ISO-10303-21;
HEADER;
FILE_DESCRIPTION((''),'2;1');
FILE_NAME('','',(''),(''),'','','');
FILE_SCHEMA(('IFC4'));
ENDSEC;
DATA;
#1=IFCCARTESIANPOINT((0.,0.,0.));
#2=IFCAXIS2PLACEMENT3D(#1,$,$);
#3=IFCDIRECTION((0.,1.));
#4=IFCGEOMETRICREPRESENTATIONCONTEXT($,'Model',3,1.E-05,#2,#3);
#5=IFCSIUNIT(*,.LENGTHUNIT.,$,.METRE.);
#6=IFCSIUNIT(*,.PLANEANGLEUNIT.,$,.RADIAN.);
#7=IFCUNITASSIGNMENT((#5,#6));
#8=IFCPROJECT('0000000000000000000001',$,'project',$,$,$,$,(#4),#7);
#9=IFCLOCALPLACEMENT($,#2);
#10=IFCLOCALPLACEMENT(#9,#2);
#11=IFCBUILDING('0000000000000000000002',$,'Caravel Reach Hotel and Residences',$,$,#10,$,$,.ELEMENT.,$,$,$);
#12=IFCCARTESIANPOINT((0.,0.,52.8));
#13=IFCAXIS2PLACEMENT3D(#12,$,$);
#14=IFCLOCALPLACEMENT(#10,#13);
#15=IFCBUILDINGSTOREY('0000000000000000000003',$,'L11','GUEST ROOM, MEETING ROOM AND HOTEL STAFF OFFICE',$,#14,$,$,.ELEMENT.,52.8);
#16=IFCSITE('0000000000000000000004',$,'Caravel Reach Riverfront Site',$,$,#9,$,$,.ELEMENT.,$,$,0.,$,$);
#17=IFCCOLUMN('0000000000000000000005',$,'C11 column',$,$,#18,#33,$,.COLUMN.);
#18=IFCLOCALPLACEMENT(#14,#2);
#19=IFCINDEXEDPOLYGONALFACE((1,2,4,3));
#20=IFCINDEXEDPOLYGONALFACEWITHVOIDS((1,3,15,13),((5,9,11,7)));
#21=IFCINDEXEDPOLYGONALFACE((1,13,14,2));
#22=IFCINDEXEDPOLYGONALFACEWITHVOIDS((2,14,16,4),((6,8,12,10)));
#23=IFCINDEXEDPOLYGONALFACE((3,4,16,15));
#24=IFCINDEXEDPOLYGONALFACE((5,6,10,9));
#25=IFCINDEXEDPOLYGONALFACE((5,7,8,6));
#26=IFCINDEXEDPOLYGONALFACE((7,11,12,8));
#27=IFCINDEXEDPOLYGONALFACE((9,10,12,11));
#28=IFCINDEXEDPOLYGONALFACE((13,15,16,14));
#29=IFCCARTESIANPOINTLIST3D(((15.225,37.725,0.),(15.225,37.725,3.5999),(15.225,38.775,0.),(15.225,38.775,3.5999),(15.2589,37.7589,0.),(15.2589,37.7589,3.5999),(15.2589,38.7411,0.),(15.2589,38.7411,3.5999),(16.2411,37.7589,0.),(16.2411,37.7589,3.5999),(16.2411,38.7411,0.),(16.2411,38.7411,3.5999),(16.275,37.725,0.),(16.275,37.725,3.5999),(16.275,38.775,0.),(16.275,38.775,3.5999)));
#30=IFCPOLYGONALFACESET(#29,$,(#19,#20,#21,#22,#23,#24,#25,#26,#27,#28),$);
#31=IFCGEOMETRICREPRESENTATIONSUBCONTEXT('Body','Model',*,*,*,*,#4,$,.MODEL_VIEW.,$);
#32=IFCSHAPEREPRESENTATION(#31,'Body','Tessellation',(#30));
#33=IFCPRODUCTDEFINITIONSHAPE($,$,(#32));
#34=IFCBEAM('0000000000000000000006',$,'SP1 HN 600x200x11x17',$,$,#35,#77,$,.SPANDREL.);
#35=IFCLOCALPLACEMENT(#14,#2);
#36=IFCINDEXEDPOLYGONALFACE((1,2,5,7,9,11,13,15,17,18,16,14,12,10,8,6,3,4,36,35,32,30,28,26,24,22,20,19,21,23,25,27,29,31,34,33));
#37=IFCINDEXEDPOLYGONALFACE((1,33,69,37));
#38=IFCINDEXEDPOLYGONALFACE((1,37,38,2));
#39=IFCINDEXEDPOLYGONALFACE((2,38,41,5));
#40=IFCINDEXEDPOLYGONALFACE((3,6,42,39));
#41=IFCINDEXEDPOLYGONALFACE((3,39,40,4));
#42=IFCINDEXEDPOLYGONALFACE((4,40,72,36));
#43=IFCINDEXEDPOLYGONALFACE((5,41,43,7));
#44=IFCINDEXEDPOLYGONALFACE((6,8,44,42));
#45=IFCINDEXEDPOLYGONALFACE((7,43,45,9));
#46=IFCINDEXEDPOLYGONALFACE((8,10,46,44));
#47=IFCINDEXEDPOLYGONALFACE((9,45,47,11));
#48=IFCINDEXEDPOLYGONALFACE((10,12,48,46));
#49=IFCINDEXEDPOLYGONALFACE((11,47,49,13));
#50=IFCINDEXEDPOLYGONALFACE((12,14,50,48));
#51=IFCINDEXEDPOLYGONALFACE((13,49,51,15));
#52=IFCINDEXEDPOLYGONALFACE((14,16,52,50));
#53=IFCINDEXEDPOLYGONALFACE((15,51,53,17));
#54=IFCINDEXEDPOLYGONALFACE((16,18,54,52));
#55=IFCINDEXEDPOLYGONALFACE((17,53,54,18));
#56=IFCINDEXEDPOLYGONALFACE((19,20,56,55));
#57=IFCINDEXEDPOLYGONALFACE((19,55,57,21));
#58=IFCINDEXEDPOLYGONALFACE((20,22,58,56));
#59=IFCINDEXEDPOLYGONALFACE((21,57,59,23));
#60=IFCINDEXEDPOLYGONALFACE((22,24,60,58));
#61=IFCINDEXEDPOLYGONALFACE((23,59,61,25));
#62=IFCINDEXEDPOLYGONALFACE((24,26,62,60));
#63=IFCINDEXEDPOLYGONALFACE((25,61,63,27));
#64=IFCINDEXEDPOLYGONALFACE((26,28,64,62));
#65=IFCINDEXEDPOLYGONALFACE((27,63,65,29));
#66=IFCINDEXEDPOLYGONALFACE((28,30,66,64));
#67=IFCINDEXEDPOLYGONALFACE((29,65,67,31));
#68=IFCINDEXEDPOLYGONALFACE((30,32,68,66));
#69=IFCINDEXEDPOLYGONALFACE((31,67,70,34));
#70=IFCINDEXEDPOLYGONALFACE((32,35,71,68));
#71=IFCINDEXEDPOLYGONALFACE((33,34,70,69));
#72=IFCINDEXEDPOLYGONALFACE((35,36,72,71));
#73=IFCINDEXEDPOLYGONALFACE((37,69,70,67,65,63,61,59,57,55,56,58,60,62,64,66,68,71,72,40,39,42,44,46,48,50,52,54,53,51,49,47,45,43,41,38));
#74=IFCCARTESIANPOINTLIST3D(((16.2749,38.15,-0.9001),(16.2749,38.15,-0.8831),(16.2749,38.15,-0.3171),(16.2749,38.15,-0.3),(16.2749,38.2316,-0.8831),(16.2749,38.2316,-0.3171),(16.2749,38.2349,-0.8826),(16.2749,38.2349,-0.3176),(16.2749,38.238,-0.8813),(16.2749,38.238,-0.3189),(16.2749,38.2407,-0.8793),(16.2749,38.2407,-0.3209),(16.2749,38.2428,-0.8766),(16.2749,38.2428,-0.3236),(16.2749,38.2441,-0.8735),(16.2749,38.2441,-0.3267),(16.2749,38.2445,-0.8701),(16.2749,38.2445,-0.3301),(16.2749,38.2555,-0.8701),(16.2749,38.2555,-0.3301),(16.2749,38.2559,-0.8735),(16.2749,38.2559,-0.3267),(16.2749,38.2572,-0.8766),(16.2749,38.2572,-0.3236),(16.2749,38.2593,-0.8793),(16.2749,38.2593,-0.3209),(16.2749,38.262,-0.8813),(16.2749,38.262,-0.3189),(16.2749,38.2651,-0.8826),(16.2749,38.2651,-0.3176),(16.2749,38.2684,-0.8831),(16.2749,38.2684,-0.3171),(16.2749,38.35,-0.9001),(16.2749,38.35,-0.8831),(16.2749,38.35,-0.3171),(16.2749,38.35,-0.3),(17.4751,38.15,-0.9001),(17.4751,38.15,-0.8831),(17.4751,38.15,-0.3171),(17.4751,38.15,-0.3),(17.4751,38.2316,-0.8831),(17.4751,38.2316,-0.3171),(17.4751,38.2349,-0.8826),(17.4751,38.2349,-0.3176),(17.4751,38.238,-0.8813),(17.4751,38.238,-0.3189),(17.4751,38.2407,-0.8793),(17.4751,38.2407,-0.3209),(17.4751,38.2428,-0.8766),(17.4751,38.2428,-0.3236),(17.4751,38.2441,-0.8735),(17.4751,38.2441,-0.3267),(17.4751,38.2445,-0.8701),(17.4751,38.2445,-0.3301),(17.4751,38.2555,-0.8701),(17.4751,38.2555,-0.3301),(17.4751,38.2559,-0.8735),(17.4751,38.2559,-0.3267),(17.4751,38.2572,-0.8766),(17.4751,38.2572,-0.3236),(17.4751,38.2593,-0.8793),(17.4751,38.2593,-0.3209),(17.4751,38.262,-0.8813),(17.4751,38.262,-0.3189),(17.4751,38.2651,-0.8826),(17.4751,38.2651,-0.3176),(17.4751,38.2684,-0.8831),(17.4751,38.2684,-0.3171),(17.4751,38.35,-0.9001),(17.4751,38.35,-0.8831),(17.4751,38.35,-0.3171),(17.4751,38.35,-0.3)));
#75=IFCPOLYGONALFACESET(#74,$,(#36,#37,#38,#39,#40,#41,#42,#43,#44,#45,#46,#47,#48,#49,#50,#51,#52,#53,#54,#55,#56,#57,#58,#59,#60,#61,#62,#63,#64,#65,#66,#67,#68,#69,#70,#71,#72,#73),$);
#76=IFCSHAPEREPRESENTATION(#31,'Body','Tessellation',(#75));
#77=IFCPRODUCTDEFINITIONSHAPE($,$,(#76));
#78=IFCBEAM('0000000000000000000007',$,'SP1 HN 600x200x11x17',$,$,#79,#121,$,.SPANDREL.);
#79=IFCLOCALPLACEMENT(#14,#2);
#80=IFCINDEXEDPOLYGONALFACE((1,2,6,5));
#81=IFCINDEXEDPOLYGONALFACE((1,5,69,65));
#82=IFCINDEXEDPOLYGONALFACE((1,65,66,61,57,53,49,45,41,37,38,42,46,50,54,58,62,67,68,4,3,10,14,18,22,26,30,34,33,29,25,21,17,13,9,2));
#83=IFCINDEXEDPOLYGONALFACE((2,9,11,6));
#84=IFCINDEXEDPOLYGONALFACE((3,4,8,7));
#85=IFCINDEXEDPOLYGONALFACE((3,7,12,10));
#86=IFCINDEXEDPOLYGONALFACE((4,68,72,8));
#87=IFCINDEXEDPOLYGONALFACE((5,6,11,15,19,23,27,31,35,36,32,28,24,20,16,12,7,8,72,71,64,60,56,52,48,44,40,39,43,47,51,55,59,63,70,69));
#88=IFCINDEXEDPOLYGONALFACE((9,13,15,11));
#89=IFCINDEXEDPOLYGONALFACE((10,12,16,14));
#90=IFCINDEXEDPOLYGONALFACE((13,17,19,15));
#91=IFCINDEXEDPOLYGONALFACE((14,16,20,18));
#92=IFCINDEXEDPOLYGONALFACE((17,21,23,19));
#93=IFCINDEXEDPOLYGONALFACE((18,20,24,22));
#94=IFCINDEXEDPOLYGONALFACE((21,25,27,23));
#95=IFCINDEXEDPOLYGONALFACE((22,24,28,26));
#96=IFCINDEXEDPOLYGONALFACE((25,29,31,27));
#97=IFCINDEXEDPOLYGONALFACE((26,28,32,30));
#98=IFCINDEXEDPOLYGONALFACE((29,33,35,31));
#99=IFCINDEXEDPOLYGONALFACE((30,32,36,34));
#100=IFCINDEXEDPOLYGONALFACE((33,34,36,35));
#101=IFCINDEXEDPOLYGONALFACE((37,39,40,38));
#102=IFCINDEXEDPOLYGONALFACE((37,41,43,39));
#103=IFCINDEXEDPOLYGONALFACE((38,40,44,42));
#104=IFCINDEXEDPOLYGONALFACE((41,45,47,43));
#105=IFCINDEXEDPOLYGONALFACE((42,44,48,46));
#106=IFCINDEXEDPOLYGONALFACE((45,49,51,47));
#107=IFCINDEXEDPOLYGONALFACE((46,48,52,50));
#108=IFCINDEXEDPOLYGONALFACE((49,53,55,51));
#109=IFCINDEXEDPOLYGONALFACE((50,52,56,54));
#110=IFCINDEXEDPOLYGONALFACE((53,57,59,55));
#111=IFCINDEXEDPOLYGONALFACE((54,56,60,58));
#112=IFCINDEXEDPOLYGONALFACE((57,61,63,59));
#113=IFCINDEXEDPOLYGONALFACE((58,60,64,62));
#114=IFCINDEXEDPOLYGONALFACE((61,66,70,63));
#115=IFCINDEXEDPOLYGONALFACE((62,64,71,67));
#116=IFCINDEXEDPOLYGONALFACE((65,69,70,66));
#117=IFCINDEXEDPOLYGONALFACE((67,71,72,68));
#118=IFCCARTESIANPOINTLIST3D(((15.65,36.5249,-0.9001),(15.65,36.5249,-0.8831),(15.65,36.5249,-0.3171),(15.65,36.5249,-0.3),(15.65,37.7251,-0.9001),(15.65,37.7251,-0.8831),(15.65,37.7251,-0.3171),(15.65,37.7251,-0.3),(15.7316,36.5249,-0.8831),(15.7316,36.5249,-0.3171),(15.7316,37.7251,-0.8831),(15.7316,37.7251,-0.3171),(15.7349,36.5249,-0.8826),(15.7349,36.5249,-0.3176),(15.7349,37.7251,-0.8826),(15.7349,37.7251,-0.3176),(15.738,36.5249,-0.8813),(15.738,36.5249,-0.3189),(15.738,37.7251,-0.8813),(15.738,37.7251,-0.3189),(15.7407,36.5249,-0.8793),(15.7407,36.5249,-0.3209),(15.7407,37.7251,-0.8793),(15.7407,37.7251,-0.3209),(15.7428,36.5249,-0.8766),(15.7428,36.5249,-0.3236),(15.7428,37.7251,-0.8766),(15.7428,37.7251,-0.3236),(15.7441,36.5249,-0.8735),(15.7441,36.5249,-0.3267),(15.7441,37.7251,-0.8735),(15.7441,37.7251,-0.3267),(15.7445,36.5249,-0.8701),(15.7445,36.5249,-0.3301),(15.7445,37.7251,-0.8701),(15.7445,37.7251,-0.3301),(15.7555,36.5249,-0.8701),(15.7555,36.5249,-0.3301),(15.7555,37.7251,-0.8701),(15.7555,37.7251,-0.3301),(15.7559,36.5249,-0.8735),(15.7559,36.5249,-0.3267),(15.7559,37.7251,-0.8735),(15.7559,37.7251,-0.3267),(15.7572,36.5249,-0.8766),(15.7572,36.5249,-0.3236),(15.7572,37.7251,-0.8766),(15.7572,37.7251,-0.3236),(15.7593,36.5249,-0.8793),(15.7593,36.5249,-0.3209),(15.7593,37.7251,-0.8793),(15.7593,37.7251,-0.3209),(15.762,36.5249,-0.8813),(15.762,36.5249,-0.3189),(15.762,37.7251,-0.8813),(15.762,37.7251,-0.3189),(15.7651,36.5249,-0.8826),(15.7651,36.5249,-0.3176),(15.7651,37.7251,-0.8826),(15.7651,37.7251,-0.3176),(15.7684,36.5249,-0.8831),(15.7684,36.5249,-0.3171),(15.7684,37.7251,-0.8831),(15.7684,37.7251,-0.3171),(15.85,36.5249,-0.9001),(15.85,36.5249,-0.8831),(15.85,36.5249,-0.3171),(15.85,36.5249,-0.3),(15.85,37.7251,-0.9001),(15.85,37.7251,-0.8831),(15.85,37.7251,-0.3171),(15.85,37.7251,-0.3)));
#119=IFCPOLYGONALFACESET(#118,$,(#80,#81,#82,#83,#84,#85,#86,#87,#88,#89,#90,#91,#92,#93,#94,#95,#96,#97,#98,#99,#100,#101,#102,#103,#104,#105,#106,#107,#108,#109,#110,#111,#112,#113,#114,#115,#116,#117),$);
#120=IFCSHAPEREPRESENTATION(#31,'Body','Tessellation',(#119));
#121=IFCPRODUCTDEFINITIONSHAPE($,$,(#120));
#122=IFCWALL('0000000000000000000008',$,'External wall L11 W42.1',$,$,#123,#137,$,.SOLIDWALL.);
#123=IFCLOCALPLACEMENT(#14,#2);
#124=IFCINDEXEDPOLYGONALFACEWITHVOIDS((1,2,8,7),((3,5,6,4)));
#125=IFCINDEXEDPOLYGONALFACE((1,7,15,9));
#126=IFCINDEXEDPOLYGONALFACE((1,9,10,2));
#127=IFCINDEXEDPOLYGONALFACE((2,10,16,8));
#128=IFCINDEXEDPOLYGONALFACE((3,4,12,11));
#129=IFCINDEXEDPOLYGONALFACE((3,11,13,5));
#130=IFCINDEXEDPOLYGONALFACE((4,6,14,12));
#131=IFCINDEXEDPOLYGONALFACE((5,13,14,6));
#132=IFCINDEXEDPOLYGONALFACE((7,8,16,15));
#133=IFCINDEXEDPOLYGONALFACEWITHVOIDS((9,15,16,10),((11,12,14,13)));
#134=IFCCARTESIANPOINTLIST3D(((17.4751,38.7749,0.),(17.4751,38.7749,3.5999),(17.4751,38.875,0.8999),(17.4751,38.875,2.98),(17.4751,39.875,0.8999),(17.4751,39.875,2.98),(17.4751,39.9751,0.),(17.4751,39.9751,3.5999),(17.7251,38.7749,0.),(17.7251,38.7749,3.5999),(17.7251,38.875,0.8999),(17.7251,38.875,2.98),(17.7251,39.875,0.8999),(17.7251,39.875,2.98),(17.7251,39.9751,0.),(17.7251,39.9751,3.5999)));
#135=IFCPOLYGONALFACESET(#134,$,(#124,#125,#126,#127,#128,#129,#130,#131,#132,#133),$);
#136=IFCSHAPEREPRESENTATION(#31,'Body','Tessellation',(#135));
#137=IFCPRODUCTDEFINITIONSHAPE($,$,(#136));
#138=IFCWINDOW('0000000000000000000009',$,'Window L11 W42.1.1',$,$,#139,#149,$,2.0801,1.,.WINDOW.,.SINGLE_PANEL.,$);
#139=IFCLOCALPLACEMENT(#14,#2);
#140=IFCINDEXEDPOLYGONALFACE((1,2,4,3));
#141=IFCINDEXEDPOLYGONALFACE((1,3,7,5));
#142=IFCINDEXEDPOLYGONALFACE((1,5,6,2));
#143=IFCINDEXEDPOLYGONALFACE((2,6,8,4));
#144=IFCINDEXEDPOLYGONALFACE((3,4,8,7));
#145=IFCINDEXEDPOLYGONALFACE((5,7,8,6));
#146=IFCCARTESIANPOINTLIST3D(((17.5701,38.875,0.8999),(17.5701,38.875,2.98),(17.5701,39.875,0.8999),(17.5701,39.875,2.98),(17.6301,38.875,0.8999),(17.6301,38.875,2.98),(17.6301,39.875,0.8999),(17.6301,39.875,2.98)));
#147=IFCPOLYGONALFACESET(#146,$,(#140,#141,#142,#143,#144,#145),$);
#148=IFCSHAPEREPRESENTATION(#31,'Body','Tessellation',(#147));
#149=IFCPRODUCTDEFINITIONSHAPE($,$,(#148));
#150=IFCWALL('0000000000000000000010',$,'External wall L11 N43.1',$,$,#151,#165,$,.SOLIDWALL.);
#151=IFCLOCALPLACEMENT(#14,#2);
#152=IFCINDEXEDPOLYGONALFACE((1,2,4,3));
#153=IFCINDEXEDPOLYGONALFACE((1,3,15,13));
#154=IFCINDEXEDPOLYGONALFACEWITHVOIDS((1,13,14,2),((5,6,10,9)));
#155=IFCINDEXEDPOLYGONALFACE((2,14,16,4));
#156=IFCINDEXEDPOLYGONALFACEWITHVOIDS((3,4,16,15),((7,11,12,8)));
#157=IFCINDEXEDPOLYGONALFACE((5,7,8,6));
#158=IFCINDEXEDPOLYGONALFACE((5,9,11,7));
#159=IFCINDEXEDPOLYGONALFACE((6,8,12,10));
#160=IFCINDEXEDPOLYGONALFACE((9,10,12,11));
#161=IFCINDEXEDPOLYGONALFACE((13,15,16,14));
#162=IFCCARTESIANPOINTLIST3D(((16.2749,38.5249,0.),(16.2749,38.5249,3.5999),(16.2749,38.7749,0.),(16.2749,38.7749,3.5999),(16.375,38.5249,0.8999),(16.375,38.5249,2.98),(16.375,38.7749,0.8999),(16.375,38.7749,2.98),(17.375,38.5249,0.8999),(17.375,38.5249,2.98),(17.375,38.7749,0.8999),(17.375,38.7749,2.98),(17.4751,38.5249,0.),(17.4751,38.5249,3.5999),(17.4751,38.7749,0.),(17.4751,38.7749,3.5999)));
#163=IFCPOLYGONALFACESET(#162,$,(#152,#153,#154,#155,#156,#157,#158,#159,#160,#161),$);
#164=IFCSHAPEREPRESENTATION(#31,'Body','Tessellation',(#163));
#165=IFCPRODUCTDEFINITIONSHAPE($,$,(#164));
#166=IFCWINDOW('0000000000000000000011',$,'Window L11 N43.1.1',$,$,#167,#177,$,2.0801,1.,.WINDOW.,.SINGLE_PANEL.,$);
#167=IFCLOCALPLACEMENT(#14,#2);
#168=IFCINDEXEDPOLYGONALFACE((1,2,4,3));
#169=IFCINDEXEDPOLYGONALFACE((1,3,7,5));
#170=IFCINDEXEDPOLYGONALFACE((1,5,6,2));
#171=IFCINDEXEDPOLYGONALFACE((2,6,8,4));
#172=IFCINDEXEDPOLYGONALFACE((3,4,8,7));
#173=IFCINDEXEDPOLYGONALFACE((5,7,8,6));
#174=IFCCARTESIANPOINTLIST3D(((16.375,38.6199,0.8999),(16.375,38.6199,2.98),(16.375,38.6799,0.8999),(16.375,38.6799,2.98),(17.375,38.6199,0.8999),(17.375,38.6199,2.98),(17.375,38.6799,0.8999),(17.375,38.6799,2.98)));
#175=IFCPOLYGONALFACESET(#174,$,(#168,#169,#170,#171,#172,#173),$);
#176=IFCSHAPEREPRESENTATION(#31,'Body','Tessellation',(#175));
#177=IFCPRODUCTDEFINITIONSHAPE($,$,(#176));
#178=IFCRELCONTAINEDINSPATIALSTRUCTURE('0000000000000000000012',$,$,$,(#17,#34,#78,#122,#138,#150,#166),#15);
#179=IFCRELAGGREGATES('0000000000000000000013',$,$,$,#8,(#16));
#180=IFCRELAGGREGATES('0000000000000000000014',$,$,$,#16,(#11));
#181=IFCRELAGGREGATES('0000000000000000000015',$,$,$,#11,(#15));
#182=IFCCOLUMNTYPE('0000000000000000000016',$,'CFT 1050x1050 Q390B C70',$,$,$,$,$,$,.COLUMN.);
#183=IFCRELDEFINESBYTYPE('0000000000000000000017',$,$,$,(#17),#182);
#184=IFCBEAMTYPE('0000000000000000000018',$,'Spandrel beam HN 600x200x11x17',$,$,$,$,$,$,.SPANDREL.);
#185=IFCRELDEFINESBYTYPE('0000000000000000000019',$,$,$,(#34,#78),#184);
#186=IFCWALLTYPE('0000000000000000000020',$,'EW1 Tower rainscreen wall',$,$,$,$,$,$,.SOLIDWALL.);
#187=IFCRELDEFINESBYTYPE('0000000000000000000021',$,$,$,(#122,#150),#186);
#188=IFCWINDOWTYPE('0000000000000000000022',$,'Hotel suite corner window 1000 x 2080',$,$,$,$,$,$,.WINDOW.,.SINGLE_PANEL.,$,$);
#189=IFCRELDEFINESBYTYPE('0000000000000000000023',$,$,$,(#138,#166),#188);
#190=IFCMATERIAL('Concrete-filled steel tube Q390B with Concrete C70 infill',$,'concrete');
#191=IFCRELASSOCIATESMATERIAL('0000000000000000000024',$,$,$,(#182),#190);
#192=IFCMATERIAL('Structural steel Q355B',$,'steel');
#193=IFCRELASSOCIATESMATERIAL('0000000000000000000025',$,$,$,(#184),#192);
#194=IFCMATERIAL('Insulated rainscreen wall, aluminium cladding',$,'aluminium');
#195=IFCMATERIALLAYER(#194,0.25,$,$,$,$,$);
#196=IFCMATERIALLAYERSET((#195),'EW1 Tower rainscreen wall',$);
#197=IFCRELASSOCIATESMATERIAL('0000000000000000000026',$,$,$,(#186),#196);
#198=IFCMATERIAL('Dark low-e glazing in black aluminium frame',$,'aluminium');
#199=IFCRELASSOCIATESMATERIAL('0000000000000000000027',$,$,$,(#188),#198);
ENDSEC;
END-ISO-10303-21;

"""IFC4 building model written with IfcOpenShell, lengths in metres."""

from ifc_helpers import new_model, si_unit, direction, frame, frame_2d, origin, origin_2d, place, context, subcontext, project, spatial, rectangle, hollow_rectangle, i_section, extrude, material, layer, layer_set, material_profile, profile_set, type_object, element, fill, save


model = new_model("IFC4")

# Units and contexts
model_context = context("Model", 3, precision=1e-05, world=origin(), true_north=direction((0.0, 1.0)))
body_context = subcontext(model_context, "Body", "Model", "MODEL_VIEW")
ifc_project = project(units=[si_unit("LENGTHUNIT", "METRE"), si_unit("PLANEANGLEUNIT", "RADIAN")], contexts=[model_context])

# Site, building, storey
site_placement = place(None, origin())
site = spatial("IfcSite", under=ifc_project, at=site_placement, Name="Caravel Reach Riverfront Site", CompositionType="ELEMENT", RefElevation=0.0)
building_placement = place(site_placement, origin())
building = spatial("IfcBuilding", under=site, at=building_placement, Name="Caravel Reach Hotel and Residences", CompositionType="ELEMENT")
storey_placement = place(building_placement, frame((0.0, 0.0, 52.8)))
storey = spatial("IfcBuildingStorey", under=building, at=storey_placement, Name="L11", Description="GUEST ROOM, MEETING ROOM AND HOTEL STAFF OFFICE", CompositionType="ELEMENT", Elevation=52.8)

# Column
ifc_material_1 = material(Name="Concrete-filled steel tube Q390B with Concrete C70 infill", Category="concrete")
ifc_material_profile_1 = material_profile(ifc_material_1, hollow_rectangle(XDim=1.05, YDim=1.05, WallThickness=0.0339, at=origin_2d()), Name="RHS 1050x1050x34")
ifc_profile_set_1 = profile_set([ifc_material_profile_1], Name="Concrete-filled steel tube Q390B with Concrete C70 infill")
column_type = type_object("IfcColumnType", Name="CFT 1050x1050 Q390B C70", PredefinedType="COLUMN", material=ifc_profile_set_1)
column_placement = place(storey_placement, frame((15.75, 38.25, 0.0), z_axis=(0.0, 0.0, 1.0), x_axis=(1.0, 0.0, 0.0)))
element("IfcColumn", 1, at=column_placement, inside=storey, type_object=column_type, Name="C11 column", PredefinedType="COLUMN", context=body_context, shape_type="SweptSolid", body=[
    extrude(hollow_rectangle(XDim=1.05, YDim=1.05, WallThickness=0.0339, at=origin_2d()), origin(), (0.0, 0.0, 1.0), 3.5999),
])

# Beams
ifc_material_2 = material(Name="Structural steel Q355B", Category="steel")
ifc_material_profile_2 = material_profile(ifc_material_2, i_section(OverallWidth=0.2, OverallDepth=0.6001, WebThickness=0.011, FlangeThickness=0.0171, FilletRadius=0.0129, at=origin_2d()), Name="HN 600x200x11x17")
ifc_profile_set_2 = profile_set([ifc_material_profile_2], Name="Structural steel Q355B")
beam_type = type_object("IfcBeamType", Name="Spandrel beam HN 600x200x11x17", PredefinedType="SPANDREL", material=ifc_profile_set_2)
for number, where, z_axis, x_axis, name in (
    (2, (17.4751, 38.25, -0.6001), (-1.0, 0.0, 0.0), (0.0, -1.0, 0.0), "SP1 HN 600x200x11x17"),
    (3, (15.75, 37.7251, -0.6001), (0.0, -1.0, 0.0), (1.0, 0.0, 0.0), "SP1 HN 600x200x11x17"),
):
    element("IfcBeam", number, at=place(storey_placement, frame(where, z_axis=z_axis, x_axis=x_axis)), inside=storey, type_object=beam_type, Name=name, PredefinedType="SPANDREL", context=body_context, shape_type="SweptSolid", body=[
        extrude(i_section(OverallWidth=0.2, OverallDepth=0.6001, WebThickness=0.011, FlangeThickness=0.0171, FilletRadius=0.0129, at=origin_2d()), origin(), (0.0, 0.0, 1.0), 1.2002),
    ])

# Walls, openings, windows
ifc_material_3 = material(Name="Insulated rainscreen wall, aluminium cladding", Category="aluminium")
ifc_layer = layer(ifc_material_3, 0.25)
ifc_layer_set = layer_set([ifc_layer], Name="EW1 Tower rainscreen wall")
wall_type = type_object("IfcWallType", Name="EW1 Tower rainscreen wall", PredefinedType="SOLIDWALL", material=ifc_layer_set)
wall_1_placement = place(storey_placement, frame((17.6001, 39.9751, 0.0), z_axis=(0.0, 0.0, 1.0), x_axis=(0.0, -1.0, 0.0)))
wall_1 = element("IfcWall", 4, at=wall_1_placement, inside=storey, type_object=wall_type, Name="External wall L11 W42.1", PredefinedType="SOLIDWALL", context=body_context, shape_type="SweptSolid", body=[
    extrude(rectangle(XDim=1.2002, YDim=0.25, at=frame_2d((0.6001, 0.0))), origin(), (0.0, 0.0, 1.0), 3.5999),
])
opening_1_placement = place(wall_1_placement, frame((0.1001, 0.0, 0.8999)))
opening_1 = element("IfcOpeningElement", 5, at=opening_1_placement, cuts=wall_1, PredefinedType="OPENING", context=body_context, shape_type="SweptSolid", body=[
    extrude(rectangle(XDim=1.0, YDim=2.0801, at=frame_2d((0.5, 1.04))), frame((0.0, 0.135, 0.0), z_axis=(0.0, -1.0, 0.0), x_axis=(1.0, 0.0, 0.0)), (0.0, 0.0, 1.0), 0.27),
])
ifc_material_4 = material(Name="Dark low-e glazing in black aluminium frame", Category="aluminium")
window_type_1 = type_object("IfcWindowType", Name="Hotel suite corner window 1000 x 2080", PartitioningType="SINGLE_PANEL", PredefinedType="WINDOW", material=ifc_material_4)
window_1_placement = place(opening_1_placement, origin())
window_1 = element("IfcWindow", 6, at=window_1_placement, inside=storey, type_object=window_type_1, Name="Window L11 W42.1.1", OverallHeight=2.0801, OverallWidth=1.0, PartitioningType="SINGLE_PANEL", PredefinedType="WINDOW", context=body_context, shape_type="SweptSolid", body=[
    extrude(rectangle(XDim=1.0, YDim=2.0801, at=frame_2d((0.5, 1.04))), frame((0.0, 0.03, 0.0), z_axis=(0.0, -1.0, 0.0), x_axis=(1.0, 0.0, 0.0)), (0.0, 0.0, 1.0), 0.0601),
])
fill(opening_1, window_1)
wall_2_placement = place(storey_placement, frame((17.4751, 38.6499, 0.0), z_axis=(0.0, 0.0, 1.0), x_axis=(-1.0, 0.0, 0.0)))
wall_2 = element("IfcWall", 7, at=wall_2_placement, inside=storey, type_object=wall_type, Name="External wall L11 N43.1", PredefinedType="SOLIDWALL", context=body_context, shape_type="SweptSolid", body=[
    extrude(rectangle(XDim=1.2002, YDim=0.25, at=frame_2d((0.6001, 0.0))), origin(), (0.0, 0.0, 1.0), 3.5999),
])
opening_2_placement = place(wall_2_placement, frame((0.1001, 0.0, 0.8999)))
opening_2 = element("IfcOpeningElement", 8, at=opening_2_placement, cuts=wall_2, PredefinedType="OPENING", context=body_context, shape_type="SweptSolid", body=[
    extrude(rectangle(XDim=1.0, YDim=2.0801, at=frame_2d((0.5, 1.04))), frame((0.0, 0.135, 0.0), z_axis=(0.0, -1.0, 0.0), x_axis=(1.0, 0.0, 0.0)), (0.0, 0.0, 1.0), 0.27),
])
window_2_placement = place(opening_2_placement, origin())
window_2 = element("IfcWindow", 9, at=window_2_placement, inside=storey, type_object=window_type_1, Name="Window L11 N43.1.1", OverallHeight=2.0801, OverallWidth=1.0, PartitioningType="SINGLE_PANEL", PredefinedType="WINDOW", context=body_context, shape_type="SweptSolid", body=[
    extrude(rectangle(XDim=1.0, YDim=2.0801, at=frame_2d((0.5, 1.04))), frame((0.0, 0.03, 0.0), z_axis=(0.0, -1.0, 0.0), x_axis=(1.0, 0.0, 0.0)), (0.0, 0.0, 1.0), 0.0601),
])
fill(opening_2, window_2)

save(model, "model.ifc")
